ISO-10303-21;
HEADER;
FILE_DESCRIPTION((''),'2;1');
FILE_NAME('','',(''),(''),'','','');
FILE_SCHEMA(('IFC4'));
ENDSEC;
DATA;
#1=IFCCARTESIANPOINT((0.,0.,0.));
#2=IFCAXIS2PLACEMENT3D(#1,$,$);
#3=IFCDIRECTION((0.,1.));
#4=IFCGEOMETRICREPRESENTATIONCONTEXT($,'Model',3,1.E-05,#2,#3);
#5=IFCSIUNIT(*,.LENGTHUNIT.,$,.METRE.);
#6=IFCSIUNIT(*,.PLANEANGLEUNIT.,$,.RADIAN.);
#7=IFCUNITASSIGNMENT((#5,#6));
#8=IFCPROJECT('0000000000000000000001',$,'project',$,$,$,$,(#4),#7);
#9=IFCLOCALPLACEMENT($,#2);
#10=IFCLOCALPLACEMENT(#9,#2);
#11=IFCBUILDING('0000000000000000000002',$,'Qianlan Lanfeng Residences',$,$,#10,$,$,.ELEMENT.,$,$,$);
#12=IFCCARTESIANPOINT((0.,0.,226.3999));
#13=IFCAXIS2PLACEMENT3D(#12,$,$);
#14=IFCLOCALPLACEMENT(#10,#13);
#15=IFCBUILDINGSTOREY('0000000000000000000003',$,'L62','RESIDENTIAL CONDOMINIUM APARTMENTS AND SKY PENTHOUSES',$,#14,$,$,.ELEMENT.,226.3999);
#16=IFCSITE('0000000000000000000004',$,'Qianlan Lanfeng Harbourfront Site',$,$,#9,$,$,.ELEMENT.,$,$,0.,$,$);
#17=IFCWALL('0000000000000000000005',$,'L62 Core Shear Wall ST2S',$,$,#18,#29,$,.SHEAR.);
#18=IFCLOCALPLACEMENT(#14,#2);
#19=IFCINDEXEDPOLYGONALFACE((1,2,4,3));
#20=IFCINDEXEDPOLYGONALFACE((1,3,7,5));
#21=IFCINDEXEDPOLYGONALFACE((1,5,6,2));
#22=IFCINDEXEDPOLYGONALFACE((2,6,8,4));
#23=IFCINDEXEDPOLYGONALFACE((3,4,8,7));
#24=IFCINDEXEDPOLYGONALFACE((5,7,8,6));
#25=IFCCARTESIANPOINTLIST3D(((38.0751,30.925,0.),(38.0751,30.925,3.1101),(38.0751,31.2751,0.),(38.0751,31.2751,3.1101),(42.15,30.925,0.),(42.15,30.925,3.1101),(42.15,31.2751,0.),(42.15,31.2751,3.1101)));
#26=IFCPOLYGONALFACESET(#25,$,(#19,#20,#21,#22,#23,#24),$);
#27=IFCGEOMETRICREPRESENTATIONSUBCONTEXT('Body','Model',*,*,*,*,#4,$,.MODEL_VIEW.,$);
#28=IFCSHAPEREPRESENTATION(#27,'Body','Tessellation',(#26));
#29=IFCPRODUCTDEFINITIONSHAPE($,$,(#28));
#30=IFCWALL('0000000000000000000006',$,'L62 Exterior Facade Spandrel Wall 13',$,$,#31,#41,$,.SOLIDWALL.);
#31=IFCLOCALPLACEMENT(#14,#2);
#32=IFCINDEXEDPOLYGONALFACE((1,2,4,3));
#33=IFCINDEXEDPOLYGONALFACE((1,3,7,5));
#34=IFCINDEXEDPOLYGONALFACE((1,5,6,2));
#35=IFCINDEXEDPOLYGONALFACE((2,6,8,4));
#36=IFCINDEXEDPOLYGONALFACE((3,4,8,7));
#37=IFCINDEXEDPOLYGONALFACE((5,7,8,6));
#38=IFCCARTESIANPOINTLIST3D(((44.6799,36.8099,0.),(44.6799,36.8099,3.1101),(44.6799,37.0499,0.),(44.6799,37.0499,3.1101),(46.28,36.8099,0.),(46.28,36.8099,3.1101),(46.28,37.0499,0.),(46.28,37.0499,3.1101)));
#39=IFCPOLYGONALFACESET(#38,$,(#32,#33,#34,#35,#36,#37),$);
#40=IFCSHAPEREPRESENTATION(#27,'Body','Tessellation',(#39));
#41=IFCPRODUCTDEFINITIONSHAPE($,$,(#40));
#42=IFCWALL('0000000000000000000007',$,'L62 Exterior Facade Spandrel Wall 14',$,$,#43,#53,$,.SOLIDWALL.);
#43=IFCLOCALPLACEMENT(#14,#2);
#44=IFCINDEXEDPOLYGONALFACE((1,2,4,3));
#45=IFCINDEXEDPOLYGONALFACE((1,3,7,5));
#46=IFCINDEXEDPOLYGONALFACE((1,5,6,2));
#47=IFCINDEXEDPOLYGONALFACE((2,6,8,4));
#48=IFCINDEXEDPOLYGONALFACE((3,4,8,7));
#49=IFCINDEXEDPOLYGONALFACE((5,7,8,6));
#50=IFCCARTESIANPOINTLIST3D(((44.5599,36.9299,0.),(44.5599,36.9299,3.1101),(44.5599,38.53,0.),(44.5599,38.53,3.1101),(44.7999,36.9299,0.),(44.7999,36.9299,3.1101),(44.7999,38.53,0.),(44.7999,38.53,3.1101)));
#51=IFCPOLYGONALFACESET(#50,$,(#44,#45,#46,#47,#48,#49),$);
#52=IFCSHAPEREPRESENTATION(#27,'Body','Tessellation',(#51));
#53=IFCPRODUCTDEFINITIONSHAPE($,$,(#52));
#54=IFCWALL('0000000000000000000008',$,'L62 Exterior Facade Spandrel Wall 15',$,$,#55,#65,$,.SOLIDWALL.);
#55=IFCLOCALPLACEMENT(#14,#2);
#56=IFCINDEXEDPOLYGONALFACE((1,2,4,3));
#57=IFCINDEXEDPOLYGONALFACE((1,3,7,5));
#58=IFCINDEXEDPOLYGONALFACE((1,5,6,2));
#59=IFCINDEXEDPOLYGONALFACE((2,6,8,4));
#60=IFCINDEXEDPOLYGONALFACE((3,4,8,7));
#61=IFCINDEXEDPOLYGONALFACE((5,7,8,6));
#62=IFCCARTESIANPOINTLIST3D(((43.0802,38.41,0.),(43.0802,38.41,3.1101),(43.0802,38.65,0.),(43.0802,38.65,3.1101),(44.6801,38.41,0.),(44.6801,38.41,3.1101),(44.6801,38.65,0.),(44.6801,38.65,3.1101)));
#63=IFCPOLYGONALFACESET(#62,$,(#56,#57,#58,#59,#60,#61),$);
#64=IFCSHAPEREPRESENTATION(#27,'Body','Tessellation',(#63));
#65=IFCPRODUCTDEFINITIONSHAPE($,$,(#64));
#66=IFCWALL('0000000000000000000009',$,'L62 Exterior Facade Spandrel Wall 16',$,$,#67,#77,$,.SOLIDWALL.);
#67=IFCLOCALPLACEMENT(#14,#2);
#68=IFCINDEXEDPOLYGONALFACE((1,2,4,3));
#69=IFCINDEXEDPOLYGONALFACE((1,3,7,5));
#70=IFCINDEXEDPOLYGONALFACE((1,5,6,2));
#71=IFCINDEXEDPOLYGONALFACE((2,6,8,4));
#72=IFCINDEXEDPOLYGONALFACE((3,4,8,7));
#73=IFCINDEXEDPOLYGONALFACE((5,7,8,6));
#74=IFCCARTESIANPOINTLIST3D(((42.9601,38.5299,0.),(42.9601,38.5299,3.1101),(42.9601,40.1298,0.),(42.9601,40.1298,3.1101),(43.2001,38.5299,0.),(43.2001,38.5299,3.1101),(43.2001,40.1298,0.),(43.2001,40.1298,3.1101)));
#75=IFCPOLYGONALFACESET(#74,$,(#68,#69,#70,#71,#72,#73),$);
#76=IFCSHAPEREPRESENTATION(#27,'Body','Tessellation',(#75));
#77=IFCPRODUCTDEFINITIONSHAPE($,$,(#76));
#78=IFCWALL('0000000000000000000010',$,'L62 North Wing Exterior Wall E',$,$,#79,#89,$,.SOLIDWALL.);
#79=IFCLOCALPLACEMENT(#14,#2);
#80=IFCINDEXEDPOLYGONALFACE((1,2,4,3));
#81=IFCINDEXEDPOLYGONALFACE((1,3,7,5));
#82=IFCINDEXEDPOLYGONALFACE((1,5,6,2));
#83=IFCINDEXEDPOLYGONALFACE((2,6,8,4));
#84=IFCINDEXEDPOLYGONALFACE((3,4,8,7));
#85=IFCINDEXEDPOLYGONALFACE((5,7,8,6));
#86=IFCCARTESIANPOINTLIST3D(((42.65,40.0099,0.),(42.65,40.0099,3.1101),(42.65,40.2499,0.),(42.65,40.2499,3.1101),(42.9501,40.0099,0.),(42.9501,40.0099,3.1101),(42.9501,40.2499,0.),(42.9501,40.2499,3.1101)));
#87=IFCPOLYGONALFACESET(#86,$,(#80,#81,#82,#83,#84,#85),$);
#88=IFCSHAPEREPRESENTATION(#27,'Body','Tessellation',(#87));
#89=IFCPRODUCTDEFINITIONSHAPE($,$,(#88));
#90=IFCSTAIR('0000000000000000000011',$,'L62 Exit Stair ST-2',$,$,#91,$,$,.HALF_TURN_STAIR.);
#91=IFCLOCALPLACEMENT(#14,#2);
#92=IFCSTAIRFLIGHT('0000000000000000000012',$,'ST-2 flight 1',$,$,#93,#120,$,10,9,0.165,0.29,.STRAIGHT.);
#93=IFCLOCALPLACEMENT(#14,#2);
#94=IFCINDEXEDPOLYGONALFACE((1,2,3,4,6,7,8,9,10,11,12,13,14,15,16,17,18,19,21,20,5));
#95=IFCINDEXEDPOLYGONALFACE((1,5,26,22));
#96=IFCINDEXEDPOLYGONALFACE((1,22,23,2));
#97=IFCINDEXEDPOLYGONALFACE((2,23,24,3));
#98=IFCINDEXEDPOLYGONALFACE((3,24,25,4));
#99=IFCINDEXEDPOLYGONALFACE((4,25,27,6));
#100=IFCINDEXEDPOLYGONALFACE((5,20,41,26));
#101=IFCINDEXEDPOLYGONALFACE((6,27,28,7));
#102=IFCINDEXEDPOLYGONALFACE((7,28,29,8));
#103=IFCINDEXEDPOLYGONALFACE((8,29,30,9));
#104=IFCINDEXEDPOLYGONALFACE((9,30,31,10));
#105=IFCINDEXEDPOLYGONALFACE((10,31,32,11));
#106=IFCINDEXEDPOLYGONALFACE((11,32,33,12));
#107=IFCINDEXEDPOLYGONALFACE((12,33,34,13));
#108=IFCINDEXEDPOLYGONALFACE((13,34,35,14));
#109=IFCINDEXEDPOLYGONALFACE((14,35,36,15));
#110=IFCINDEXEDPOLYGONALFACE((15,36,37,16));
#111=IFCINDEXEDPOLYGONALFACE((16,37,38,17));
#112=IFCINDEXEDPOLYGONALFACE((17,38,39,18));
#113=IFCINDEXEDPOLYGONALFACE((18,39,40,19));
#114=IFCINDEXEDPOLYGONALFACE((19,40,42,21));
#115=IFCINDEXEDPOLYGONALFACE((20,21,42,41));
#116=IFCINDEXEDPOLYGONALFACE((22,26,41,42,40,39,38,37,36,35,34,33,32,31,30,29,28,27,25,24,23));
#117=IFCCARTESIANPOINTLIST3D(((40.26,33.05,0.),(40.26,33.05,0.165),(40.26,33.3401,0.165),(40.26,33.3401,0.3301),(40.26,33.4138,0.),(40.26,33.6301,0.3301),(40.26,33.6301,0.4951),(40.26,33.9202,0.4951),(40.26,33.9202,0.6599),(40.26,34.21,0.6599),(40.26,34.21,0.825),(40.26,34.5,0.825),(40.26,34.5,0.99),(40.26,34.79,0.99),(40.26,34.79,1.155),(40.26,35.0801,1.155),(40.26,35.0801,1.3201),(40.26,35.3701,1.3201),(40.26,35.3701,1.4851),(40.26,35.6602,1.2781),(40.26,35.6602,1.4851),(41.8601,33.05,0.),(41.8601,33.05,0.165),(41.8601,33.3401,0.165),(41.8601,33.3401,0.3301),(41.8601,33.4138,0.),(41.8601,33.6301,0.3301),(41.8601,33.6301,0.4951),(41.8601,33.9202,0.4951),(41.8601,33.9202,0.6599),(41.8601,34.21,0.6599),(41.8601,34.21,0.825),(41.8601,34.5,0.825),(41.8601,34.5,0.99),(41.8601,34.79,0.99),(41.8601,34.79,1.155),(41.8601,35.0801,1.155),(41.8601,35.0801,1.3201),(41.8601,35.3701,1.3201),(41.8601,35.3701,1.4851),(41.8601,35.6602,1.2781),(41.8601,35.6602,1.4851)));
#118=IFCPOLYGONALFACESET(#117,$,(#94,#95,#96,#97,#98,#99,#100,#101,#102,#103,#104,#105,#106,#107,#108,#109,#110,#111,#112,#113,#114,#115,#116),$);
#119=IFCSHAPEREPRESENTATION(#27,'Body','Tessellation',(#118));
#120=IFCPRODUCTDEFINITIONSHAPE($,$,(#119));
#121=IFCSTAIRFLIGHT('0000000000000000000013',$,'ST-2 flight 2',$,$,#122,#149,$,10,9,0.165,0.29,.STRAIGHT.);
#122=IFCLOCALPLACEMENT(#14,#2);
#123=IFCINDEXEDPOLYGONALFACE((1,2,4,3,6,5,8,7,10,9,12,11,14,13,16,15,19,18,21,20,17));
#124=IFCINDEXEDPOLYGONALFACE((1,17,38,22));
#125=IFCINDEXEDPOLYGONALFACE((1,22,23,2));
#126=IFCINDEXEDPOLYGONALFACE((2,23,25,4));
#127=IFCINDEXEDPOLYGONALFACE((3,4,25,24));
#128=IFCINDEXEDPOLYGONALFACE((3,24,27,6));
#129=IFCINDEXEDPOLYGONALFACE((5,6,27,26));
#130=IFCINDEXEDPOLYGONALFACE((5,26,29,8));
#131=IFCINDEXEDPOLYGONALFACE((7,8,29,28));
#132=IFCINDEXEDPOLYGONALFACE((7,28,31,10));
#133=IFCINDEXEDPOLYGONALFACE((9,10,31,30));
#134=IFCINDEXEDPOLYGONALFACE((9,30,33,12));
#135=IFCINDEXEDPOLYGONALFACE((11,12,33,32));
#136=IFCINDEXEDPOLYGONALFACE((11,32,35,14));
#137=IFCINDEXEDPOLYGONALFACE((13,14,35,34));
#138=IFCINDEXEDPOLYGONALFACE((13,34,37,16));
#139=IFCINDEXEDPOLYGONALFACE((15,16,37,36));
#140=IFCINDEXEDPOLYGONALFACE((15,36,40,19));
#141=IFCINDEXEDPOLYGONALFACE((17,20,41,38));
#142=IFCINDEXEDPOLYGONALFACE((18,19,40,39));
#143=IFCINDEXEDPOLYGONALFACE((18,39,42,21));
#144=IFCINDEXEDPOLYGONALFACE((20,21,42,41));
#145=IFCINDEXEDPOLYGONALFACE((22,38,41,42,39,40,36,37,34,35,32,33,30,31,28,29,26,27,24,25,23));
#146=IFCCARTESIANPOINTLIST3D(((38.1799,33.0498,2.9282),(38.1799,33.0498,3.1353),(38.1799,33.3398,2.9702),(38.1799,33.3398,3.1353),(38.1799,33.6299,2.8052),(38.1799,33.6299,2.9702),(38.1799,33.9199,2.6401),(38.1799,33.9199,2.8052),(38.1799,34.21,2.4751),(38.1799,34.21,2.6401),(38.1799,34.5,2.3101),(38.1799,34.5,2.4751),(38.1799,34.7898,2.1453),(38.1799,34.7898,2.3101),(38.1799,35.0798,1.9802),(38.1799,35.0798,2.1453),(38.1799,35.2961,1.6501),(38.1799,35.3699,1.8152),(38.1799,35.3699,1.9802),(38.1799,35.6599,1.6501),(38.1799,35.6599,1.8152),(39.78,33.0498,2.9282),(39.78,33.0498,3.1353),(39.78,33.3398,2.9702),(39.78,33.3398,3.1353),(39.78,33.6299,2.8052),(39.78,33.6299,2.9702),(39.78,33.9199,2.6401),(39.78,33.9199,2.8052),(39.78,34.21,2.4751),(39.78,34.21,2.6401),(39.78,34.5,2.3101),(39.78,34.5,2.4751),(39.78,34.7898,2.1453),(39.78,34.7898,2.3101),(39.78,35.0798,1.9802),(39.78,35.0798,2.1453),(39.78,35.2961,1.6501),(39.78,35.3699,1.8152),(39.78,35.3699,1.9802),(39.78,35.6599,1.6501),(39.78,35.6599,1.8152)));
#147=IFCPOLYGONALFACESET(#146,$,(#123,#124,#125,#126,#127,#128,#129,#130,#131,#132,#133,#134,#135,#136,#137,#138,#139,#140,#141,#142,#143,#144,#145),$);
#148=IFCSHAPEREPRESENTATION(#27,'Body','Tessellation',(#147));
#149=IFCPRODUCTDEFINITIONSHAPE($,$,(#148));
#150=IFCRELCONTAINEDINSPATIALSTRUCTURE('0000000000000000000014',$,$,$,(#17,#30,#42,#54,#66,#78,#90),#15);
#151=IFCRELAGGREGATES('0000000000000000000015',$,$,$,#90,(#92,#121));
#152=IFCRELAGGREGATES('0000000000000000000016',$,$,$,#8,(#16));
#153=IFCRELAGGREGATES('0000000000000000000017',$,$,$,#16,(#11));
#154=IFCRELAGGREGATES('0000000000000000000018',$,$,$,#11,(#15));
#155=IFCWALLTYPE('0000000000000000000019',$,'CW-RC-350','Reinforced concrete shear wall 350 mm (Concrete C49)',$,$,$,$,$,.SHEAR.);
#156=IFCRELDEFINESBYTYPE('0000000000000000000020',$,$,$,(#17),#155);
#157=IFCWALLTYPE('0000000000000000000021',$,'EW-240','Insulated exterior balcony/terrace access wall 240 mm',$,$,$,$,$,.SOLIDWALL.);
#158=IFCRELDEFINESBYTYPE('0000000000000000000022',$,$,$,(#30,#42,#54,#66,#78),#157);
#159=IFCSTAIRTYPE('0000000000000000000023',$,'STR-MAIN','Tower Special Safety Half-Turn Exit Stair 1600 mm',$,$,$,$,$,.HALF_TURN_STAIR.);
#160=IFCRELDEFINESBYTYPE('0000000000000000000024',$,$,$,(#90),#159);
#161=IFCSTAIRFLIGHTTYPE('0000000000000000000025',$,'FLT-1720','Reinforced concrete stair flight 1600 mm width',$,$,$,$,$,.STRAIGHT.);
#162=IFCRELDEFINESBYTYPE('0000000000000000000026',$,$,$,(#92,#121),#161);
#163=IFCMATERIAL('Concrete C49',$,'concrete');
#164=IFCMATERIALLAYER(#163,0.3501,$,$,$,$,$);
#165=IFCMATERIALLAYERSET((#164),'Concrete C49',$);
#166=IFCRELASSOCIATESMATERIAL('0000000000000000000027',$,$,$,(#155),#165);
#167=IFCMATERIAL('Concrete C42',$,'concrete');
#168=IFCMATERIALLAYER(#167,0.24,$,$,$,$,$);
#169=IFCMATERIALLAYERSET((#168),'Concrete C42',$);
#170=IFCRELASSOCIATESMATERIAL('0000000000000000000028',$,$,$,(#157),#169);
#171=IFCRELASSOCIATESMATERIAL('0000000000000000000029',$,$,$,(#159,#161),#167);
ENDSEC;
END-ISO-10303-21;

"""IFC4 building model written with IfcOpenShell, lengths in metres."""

from ifc_helpers import new_model, si_unit, direction, frame, frame_2d, origin, place, context, subcontext, project, spatial, polyline, rectangle, outline, extrude, material, layer, layer_set, type_object, element, aggregate, save


model = new_model("IFC4")

# Units and contexts
model_context = context("Model", 3, precision=1e-05, world=origin(), true_north=direction((0.0, 1.0)))
body_context = subcontext(model_context, "Body", "Model", "MODEL_VIEW")
ifc_project = project(units=[si_unit("LENGTHUNIT", "METRE"), si_unit("PLANEANGLEUNIT", "RADIAN")], contexts=[model_context])

# Site, building, storey
site_placement = place(None, origin())
site = spatial("IfcSite", under=ifc_project, at=site_placement, Name="Qianlan Lanfeng Harbourfront Site", CompositionType="ELEMENT", RefElevation=0.0)
building_placement = place(site_placement, origin())
building = spatial("IfcBuilding", under=site, at=building_placement, Name="Qianlan Lanfeng Residences", CompositionType="ELEMENT")
storey_placement = place(building_placement, frame((0.0, 0.0, 226.3999)))
storey = spatial("IfcBuildingStorey", under=building, at=storey_placement, Name="L62", Description="RESIDENTIAL CONDOMINIUM APARTMENTS AND SKY PENTHOUSES", CompositionType="ELEMENT", Elevation=226.3999)

# Walls
ifc_material_1 = material(Name="Concrete C49", Category="concrete")
ifc_layer_1 = layer(ifc_material_1, 0.3501)
ifc_layer_set_1 = layer_set([ifc_layer_1], Name="Concrete C49")
wall_type_1 = type_object("IfcWallType", Name="CW-RC-350", Description="Reinforced concrete shear wall 350 mm (Concrete C49)", PredefinedType="SHEAR", material=ifc_layer_set_1)
wall_1_placement = place(storey_placement, frame((38.075, 31.1001, 0.0), z_axis=(0.0, 0.0, 1.0), x_axis=(1.0, 0.0, 0.0)))
element("IfcWall", 1, at=wall_1_placement, inside=storey, type_object=wall_type_1, Name="L62 Core Shear Wall ST2S", PredefinedType="SHEAR", context=body_context, shape_type="SweptSolid", body=[
    extrude(rectangle(XDim=4.075, YDim=0.3501, at=frame_2d((2.0376, 0.0))), origin(), (0.0, 0.0, 1.0), 3.1101),
])
ifc_material_2 = material(Name="Concrete C42", Category="concrete")
ifc_layer_2 = layer(ifc_material_2, 0.24)
ifc_layer_set_2 = layer_set([ifc_layer_2], Name="Concrete C42")
wall_type_2 = type_object("IfcWallType", Name="EW-240", Description="Insulated exterior balcony/terrace access wall 240 mm", PredefinedType="SOLIDWALL", material=ifc_layer_set_2)
for number, where, z_axis, x_axis, name in (
    (2, (46.28, 36.9299, 0.0), (0.0, 0.0, 1.0), (-1.0, 0.0, 0.0), "L62 Exterior Facade Spandrel Wall 13"),
    (3, (44.6799, 36.9299, 0.0), (0.0, 0.0, 1.0), (0.0, 1.0, 0.0), "L62 Exterior Facade Spandrel Wall 14"),
):
    element("IfcWall", number, at=place(storey_placement, frame(where, z_axis=z_axis, x_axis=x_axis)), inside=storey, type_object=wall_type_2, Name=name, PredefinedType="SOLIDWALL", context=body_context, shape_type="SweptSolid", body=[
        extrude(rectangle(XDim=1.6001, YDim=0.24, at=frame_2d((0.8, 0.0))), origin(), (0.0, 0.0, 1.0), 3.1101),
    ])
for number, where, z_axis, x_axis, name in (
    (4, (44.6799, 38.53, 0.0), (0.0, 0.0, 1.0), (-1.0, 0.0, 0.0), "L62 Exterior Facade Spandrel Wall 15"),
    (5, (43.0801, 38.53, 0.0), (0.0, 0.0, 1.0), (0.0, 1.0, 0.0), "L62 Exterior Facade Spandrel Wall 16"),
):
    element("IfcWall", number, at=place(storey_placement, frame(where, z_axis=z_axis, x_axis=x_axis)), inside=storey, type_object=wall_type_2, Name=name, PredefinedType="SOLIDWALL", context=body_context, shape_type="SweptSolid", body=[
        extrude(rectangle(XDim=1.5999, YDim=0.24, at=frame_2d((0.7998, 0.0))), origin(), (0.0, 0.0, 1.0), 3.1101),
    ])
wall_2_placement = place(storey_placement, frame((42.95, 40.1299, 0.0), z_axis=(0.0, 0.0, 1.0), x_axis=(-1.0, 0.0, 0.0)))
element("IfcWall", 6, at=wall_2_placement, inside=storey, type_object=wall_type_2, Name="L62 North Wing Exterior Wall E", PredefinedType="SOLIDWALL", context=body_context, shape_type="SweptSolid", body=[
    extrude(rectangle(XDim=0.3, YDim=0.24, at=frame_2d((0.1499, 0.0))), origin(), (0.0, 0.0, 1.0), 3.1101),
])

# Stair, stair flights
stair_type = type_object("IfcStairType", Name="STR-MAIN", Description="Tower Special Safety Half-Turn Exit Stair 1600 mm", PredefinedType="HALF_TURN_STAIR", material=ifc_material_2)
stair_placement = place(storey_placement, origin())
stair = element("IfcStair", 7, at=stair_placement, inside=storey, type_object=stair_type, Name="L62 Exit Stair ST-2", PredefinedType="HALF_TURN_STAIR")
stair_flight_type = type_object("IfcStairFlightType", Name="FLT-1720", Description="Reinforced concrete stair flight 1600 mm width", PredefinedType="STRAIGHT", material=ifc_material_2)
stair_flight_1_placement = place(storey_placement, frame((41.0601, 33.05, 0.0), z_axis=(0.0, 0.0, 1.0), x_axis=(0.0, 1.0, 0.0)))
stair_flight_1 = element("IfcStairFlight", 8, at=stair_flight_1_placement, type_object=stair_flight_type, Name="ST-2 flight 1", NumberOfRisers=10, NumberOfTreads=9, PredefinedType="STRAIGHT", RiserHeight=0.165, TreadLength=0.29, context=body_context, shape_type="SweptSolid", body=[
    extrude(outline(polyline([(0.0, 0.0), (0.0, 0.165), (0.29, 0.165), (0.29, 0.3301), (0.5801, 0.3301), (0.5801, 0.4951), (0.8701, 0.4951), (0.8701, 0.6599), (1.1599, 0.6599), (1.1599, 0.825), (1.45, 0.825), (1.45, 0.99), (1.74, 0.99), (1.74, 1.155), (2.03, 1.155), (2.03, 1.3201), (2.3201, 1.3201), (2.3201, 1.4851), (2.6101, 1.4851), (2.6101, 1.6499), (2.6101, 1.2781), (0.3638, 0.0), (0.0, 0.0)])), frame((0.0, 0.8, 0.0), z_axis=(0.0, -1.0, 0.0), x_axis=(1.0, 0.0, 0.0)), (0.0, 0.0, 1.0), 1.6001),
])
stair_flight_2_placement = place(storey_placement, frame((38.98, 35.6599, 1.6501), z_axis=(0.0, 0.0, 1.0), x_axis=(0.0, -1.0, 0.0)))
stair_flight_2 = element("IfcStairFlight", 9, at=stair_flight_2_placement, type_object=stair_flight_type, Name="ST-2 flight 2", NumberOfRisers=10, NumberOfTreads=9, PredefinedType="STRAIGHT", RiserHeight=0.165, TreadLength=0.29, context=body_context, shape_type="SweptSolid", body=[
    extrude(outline(polyline([(0.0, 0.0), (0.0, 0.165), (0.29, 0.165), (0.29, 0.3301), (0.5801, 0.3301), (0.5801, 0.4951), (0.8701, 0.4951), (0.8701, 0.6599), (1.1599, 0.6599), (1.1599, 0.825), (1.45, 0.825), (1.45, 0.99), (1.74, 0.99), (1.74, 1.155), (2.03, 1.155), (2.03, 1.3201), (2.3201, 1.3201), (2.3201, 1.4851), (2.6101, 1.4851), (2.6101, 1.6499), (2.6101, 1.2781), (0.3638, 0.0), (0.0, 0.0)])), frame((0.0, 0.8, 0.0), z_axis=(0.0, -1.0, 0.0), x_axis=(1.0, 0.0, 0.0)), (0.0, 0.0, 1.0), 1.6001),
])
aggregate(stair, [stair_flight_1, stair_flight_2])

save(model, "model.ifc")
